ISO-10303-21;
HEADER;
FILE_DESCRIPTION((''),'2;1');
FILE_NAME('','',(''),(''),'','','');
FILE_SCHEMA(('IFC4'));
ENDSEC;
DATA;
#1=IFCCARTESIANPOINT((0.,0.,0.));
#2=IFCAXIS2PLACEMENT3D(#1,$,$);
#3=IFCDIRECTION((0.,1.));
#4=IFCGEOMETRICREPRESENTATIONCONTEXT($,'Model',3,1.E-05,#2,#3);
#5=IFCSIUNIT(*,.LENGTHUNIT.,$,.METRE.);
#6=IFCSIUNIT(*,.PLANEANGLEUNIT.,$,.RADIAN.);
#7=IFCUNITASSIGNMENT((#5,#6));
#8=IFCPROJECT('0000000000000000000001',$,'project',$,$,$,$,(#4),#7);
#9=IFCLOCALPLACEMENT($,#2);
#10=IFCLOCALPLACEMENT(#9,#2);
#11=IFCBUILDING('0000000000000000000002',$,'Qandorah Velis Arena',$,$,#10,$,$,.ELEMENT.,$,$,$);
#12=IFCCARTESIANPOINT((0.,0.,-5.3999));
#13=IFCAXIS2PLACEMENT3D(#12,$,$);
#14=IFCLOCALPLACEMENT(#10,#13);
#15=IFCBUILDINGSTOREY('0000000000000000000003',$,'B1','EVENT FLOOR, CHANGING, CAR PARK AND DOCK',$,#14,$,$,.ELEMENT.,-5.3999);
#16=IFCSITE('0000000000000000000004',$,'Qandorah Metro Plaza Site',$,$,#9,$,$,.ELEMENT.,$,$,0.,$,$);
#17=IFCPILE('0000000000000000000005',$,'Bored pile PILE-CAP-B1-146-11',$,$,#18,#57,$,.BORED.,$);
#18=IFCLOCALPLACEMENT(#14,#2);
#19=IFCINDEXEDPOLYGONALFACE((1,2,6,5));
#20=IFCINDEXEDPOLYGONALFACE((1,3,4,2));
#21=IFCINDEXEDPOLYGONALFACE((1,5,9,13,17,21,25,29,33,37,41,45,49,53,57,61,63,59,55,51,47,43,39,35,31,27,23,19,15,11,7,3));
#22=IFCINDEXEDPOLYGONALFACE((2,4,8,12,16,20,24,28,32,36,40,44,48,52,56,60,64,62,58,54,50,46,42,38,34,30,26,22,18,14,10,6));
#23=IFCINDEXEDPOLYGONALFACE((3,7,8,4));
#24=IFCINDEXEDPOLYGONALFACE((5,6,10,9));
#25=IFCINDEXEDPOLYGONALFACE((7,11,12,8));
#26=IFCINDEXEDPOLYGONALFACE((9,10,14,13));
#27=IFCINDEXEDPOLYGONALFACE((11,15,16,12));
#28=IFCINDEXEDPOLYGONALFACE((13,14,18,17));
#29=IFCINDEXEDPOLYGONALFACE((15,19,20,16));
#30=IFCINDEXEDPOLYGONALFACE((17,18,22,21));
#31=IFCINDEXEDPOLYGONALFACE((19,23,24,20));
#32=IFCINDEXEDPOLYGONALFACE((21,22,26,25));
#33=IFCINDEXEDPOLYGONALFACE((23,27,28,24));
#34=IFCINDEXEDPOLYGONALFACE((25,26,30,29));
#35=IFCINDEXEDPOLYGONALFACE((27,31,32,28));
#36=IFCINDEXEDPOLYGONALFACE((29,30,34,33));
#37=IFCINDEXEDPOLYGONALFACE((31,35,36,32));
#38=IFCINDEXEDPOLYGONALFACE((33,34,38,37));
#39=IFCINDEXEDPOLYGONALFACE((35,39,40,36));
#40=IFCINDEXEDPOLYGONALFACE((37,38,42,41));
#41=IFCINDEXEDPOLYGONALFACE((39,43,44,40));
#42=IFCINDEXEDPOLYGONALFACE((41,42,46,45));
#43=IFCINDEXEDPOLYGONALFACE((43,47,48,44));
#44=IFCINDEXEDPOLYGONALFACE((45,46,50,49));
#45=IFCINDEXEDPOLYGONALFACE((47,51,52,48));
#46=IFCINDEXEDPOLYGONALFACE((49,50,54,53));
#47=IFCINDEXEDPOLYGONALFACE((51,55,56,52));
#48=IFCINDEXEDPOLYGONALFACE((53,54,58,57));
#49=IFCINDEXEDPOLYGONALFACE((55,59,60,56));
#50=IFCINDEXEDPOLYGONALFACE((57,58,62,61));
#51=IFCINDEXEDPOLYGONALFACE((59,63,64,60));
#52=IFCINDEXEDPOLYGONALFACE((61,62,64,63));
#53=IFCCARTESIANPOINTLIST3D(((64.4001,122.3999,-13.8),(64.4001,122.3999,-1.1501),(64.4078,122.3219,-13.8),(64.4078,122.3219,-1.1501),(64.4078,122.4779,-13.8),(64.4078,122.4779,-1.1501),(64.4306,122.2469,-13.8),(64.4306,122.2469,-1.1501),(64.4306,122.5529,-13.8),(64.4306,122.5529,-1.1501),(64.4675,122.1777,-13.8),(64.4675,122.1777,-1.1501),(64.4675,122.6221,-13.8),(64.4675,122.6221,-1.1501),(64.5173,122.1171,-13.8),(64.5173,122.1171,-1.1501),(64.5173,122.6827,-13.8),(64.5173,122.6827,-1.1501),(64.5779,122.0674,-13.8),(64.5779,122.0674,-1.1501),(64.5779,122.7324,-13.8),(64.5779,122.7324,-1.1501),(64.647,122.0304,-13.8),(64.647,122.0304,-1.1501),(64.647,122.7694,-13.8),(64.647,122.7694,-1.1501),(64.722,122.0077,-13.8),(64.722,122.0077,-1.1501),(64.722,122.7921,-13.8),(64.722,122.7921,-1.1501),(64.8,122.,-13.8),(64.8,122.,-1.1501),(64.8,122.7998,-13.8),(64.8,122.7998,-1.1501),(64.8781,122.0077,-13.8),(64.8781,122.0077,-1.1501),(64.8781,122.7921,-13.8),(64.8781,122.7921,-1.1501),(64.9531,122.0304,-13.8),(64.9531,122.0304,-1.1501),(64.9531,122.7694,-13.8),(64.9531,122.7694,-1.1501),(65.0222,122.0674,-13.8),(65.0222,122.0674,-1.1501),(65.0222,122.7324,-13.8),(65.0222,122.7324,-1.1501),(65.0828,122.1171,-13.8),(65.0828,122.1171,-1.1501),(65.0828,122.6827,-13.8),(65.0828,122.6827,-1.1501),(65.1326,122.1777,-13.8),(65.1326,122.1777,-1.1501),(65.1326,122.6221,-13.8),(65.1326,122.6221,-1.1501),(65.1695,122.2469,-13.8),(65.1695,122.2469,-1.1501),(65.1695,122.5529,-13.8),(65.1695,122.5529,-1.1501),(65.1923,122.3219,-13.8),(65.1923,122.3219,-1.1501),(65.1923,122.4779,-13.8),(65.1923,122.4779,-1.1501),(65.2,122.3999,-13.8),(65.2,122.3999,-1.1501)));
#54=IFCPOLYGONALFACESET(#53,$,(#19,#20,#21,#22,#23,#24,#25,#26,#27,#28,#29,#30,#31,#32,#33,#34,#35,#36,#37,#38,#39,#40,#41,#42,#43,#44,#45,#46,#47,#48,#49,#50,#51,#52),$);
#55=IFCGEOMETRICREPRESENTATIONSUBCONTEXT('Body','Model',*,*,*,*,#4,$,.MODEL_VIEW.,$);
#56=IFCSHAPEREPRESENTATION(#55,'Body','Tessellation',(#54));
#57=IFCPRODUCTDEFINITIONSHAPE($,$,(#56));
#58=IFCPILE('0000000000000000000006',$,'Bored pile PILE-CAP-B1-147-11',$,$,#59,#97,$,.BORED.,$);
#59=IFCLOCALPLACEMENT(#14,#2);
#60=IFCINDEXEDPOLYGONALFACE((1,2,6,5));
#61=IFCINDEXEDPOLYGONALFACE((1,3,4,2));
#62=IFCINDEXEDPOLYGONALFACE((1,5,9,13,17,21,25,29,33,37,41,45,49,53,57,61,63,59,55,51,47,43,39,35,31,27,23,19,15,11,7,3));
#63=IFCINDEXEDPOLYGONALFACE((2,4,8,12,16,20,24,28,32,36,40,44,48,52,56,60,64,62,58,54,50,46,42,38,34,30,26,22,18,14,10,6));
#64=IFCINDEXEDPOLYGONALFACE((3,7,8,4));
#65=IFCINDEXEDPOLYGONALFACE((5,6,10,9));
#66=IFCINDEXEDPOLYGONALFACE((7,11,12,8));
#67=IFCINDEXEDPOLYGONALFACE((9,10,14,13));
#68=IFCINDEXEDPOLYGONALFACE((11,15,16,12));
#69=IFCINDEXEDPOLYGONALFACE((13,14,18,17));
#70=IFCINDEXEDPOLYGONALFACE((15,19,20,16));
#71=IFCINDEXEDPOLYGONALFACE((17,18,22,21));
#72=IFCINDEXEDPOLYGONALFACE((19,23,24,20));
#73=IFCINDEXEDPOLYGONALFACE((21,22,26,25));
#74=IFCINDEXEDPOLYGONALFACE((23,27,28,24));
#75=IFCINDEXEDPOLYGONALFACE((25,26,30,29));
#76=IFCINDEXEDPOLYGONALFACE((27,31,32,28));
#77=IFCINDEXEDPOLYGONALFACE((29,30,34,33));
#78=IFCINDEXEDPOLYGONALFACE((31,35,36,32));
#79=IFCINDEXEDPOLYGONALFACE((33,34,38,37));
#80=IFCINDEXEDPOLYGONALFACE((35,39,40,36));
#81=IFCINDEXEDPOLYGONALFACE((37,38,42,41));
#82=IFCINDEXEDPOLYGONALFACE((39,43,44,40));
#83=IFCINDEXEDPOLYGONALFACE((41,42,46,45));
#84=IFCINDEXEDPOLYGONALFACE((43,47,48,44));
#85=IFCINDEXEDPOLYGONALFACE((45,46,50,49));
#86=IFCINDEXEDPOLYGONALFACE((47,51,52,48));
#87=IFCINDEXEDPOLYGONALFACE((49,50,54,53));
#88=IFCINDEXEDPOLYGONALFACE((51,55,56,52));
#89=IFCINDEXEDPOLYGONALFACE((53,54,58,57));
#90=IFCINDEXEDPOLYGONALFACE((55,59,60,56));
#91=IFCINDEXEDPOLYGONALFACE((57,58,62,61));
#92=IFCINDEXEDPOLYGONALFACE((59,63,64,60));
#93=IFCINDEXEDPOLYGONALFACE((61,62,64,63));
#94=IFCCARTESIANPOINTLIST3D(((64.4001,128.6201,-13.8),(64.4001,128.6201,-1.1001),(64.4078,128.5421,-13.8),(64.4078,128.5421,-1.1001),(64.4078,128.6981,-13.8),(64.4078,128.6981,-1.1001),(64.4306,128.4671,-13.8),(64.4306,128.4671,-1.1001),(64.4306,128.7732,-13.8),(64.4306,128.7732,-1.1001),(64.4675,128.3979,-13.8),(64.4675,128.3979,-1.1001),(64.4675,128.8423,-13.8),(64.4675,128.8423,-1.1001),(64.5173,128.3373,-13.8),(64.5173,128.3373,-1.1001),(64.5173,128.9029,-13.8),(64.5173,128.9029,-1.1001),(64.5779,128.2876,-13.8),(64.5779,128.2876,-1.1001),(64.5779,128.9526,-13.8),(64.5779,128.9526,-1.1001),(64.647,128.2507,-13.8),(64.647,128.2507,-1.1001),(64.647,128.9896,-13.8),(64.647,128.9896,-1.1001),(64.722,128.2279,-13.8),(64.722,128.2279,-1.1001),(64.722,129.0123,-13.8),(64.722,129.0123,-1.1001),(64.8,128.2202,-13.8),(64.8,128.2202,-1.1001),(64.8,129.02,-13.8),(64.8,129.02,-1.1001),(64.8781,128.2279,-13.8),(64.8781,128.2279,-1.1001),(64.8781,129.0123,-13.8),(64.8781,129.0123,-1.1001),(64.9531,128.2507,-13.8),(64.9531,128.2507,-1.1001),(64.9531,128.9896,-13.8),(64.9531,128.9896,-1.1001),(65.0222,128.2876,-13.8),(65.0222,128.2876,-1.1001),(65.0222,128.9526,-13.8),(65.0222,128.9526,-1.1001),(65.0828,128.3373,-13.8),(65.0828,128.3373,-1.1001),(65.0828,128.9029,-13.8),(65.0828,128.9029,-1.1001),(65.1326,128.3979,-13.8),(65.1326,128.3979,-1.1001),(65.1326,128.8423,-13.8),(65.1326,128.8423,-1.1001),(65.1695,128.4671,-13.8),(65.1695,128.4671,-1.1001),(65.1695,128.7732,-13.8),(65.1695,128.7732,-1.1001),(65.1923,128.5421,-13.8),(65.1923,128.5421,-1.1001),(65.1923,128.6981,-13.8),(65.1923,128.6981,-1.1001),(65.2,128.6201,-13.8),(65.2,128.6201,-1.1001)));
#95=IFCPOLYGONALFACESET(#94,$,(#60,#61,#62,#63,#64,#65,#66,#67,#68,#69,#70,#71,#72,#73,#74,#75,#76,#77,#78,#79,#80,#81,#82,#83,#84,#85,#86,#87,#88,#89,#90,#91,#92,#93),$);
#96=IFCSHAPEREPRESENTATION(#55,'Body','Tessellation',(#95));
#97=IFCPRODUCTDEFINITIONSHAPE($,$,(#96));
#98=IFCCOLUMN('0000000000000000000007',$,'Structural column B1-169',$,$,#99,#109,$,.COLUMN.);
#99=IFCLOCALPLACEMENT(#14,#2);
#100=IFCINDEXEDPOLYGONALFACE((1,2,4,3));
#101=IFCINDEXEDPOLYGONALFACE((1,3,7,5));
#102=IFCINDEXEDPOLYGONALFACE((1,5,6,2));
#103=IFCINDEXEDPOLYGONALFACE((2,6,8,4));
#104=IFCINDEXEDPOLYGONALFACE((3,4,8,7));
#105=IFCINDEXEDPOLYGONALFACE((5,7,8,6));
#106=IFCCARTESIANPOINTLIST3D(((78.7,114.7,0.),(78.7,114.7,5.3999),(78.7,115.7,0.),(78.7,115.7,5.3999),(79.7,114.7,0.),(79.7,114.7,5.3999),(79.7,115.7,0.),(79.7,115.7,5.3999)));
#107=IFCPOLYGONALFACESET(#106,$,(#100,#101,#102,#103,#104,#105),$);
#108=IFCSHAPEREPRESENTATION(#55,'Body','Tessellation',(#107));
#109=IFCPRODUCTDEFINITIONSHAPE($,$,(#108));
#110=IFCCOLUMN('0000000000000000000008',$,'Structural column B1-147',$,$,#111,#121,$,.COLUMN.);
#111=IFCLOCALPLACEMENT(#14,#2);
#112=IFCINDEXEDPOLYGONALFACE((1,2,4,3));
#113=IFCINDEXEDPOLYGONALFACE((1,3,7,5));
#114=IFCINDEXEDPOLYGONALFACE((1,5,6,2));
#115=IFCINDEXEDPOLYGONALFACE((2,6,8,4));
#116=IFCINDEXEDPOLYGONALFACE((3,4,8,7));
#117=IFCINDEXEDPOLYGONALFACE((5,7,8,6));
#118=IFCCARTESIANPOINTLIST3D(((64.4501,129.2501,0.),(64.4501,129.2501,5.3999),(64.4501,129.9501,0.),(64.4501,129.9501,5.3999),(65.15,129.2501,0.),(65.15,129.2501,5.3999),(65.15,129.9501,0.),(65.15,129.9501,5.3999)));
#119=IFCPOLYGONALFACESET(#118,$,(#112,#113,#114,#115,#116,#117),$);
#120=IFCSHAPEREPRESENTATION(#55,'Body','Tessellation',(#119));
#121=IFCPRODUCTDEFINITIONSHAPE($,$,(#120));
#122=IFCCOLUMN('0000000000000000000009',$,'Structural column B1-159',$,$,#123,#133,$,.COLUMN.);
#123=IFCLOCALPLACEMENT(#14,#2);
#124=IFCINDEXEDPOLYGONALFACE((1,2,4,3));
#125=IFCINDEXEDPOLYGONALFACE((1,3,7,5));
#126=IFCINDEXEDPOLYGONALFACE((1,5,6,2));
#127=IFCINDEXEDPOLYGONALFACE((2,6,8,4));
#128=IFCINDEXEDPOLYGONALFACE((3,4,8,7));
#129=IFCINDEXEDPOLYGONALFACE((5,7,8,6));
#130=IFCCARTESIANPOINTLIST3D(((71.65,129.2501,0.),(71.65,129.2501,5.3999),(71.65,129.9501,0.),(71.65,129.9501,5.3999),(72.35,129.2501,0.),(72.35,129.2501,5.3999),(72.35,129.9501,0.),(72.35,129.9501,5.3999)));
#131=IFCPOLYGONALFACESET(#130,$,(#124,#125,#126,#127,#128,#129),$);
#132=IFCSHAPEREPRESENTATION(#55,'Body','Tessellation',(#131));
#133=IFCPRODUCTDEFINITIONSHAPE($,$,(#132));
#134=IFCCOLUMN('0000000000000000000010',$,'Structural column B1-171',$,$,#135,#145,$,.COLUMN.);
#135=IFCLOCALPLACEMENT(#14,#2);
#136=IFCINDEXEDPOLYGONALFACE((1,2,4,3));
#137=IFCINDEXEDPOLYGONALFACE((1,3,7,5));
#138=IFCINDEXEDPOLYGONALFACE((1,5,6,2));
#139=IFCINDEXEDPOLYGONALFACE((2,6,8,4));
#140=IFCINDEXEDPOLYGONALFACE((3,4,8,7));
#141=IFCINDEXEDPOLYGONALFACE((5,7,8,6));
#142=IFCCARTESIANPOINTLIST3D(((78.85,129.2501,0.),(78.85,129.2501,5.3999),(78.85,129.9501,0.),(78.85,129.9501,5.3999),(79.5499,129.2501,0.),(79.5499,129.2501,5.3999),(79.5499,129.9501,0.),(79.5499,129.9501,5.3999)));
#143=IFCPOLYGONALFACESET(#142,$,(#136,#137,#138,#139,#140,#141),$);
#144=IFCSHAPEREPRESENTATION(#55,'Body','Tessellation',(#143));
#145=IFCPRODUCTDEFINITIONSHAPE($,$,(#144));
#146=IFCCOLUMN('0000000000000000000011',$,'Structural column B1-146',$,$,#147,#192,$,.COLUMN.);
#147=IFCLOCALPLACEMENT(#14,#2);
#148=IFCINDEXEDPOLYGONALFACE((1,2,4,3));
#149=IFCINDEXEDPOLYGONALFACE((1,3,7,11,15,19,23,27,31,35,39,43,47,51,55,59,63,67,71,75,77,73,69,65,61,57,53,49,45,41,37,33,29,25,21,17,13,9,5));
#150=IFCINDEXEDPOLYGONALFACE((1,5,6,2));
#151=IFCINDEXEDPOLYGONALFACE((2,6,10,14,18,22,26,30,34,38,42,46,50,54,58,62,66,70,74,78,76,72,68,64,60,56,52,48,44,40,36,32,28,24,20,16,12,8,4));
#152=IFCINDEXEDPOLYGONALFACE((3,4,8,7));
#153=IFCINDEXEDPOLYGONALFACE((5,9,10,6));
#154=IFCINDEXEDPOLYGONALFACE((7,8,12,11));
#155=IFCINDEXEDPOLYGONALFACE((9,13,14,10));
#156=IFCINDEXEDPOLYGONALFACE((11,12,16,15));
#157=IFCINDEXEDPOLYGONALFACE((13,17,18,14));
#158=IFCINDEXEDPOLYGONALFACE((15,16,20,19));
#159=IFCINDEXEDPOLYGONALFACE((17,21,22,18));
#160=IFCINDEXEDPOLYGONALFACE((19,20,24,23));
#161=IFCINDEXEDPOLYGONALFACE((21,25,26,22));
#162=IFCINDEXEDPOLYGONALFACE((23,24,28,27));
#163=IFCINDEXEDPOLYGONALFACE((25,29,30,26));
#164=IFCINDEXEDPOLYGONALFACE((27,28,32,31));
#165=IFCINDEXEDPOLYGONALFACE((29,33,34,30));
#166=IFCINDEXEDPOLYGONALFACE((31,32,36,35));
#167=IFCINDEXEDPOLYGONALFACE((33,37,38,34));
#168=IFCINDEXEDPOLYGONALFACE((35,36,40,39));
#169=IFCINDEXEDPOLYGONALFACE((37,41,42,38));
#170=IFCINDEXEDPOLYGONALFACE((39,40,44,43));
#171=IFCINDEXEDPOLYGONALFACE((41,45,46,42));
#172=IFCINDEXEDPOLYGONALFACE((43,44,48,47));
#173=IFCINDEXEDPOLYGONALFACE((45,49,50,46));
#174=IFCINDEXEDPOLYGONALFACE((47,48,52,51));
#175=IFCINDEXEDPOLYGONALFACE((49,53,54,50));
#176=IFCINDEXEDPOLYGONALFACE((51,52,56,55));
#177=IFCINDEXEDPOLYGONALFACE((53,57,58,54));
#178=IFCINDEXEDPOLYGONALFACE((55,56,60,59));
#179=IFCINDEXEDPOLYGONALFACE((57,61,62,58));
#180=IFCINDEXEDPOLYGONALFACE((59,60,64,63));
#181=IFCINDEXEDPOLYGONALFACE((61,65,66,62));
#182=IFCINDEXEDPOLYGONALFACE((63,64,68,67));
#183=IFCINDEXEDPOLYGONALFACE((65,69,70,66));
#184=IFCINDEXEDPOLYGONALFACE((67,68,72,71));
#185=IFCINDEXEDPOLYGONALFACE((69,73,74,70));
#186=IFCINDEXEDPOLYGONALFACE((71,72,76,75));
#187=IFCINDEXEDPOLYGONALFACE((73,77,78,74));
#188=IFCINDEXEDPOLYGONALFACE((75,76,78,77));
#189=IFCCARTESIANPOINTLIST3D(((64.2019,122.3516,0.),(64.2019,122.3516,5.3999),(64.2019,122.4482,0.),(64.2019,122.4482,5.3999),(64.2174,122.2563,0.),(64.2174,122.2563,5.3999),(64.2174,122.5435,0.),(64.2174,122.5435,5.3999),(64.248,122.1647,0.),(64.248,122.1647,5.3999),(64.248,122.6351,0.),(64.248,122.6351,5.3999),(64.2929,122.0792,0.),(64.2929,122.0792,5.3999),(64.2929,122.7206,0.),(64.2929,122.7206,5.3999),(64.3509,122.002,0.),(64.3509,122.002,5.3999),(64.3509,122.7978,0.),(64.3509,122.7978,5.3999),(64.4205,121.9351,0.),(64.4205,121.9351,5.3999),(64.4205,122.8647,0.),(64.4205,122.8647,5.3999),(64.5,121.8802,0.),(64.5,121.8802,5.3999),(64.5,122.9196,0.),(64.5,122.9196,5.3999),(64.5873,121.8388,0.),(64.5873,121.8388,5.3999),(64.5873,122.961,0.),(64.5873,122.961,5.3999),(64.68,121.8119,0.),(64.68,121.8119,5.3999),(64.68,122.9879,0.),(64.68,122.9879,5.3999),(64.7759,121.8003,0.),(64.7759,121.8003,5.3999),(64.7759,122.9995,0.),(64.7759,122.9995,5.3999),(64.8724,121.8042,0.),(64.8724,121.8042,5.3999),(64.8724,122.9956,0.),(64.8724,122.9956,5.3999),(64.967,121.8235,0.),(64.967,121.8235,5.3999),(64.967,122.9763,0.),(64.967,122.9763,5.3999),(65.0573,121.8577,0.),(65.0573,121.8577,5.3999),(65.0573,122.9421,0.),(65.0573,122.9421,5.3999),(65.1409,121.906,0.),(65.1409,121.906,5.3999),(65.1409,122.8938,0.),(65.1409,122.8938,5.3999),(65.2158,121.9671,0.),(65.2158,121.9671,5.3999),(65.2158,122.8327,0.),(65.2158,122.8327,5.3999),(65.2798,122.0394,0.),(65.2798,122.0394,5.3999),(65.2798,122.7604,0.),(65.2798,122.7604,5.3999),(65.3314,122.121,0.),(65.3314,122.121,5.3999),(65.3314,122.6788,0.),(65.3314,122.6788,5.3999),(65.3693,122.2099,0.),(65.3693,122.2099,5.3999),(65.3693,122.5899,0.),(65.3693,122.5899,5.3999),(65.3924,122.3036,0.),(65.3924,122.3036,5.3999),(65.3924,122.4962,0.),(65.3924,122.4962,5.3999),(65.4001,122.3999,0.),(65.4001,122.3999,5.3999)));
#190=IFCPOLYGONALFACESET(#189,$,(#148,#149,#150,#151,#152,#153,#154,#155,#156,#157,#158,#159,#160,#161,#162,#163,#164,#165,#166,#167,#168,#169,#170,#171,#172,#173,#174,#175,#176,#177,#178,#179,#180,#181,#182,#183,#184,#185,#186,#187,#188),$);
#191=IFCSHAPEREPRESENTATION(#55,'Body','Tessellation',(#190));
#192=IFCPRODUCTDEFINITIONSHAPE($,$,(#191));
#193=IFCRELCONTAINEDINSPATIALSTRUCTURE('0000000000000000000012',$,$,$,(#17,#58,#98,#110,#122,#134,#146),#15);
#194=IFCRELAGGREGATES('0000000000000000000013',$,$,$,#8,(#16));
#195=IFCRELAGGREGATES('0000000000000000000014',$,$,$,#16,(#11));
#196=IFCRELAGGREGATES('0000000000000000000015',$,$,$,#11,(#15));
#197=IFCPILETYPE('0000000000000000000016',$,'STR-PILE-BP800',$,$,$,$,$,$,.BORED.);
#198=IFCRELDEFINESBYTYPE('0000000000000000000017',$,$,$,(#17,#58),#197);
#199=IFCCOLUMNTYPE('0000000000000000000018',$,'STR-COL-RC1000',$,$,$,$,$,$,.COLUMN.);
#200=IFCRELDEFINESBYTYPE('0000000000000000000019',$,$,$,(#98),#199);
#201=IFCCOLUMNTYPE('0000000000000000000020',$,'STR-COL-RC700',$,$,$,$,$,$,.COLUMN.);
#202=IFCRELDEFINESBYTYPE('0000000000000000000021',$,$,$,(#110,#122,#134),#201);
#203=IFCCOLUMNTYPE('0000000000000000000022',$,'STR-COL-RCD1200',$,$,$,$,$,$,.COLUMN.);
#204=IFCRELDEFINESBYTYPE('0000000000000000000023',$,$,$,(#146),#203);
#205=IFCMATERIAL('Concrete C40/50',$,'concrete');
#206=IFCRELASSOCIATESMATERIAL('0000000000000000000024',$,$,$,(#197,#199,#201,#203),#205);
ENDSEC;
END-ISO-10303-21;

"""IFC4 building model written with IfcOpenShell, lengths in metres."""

from ifc_helpers import new_model, si_unit, direction, frame, origin, origin_2d, place, context, subcontext, project, spatial, rectangle, circle, extrude, material, material_profile, profile_set, type_object, element, save


model = new_model("IFC4")

# Units and contexts
model_context = context("Model", 3, precision=1e-05, world=origin(), true_north=direction((0.0, 1.0)))
body_context = subcontext(model_context, "Body", "Model", "MODEL_VIEW")
ifc_project = project(units=[si_unit("LENGTHUNIT", "METRE"), si_unit("PLANEANGLEUNIT", "RADIAN")], contexts=[model_context])

# Site, building, storey
site_placement = place(None, origin())
site = spatial("IfcSite", under=ifc_project, at=site_placement, Name="Qandorah Metro Plaza Site", CompositionType="ELEMENT", RefElevation=0.0)
building_placement = place(site_placement, origin())
building = spatial("IfcBuilding", under=site, at=building_placement, Name="Qandorah Velis Arena", CompositionType="ELEMENT")
storey_placement = place(building_placement, frame((0.0, 0.0, -5.3999)))
storey = spatial("IfcBuildingStorey", under=building, at=storey_placement, Name="B1", Description="EVENT FLOOR, CHANGING, CAR PARK AND DOCK", CompositionType="ELEMENT", Elevation=-5.3999)

# Shared definitions
ifc_material_1 = material(Name="Concrete C40/50", Category="concrete")

# Piles
ifc_material_profile_1 = material_profile(ifc_material_1, circle(Radius=0.3999, at=origin_2d()), Name="BORED PILE D800")
ifc_profile_set_1 = profile_set([ifc_material_profile_1], Name="Concrete C40/50")
pile_type_1 = type_object("IfcPileType", Name="STR-PILE-BP800", PredefinedType="BORED", material=ifc_profile_set_1)
pile_1_placement = place(storey_placement, frame((64.8, 122.3999, -1.1501), z_axis=(0.0, 0.0, -1.0), x_axis=(1.0, 0.0, 0.0)))
element("IfcPile", 1, at=pile_1_placement, inside=storey, type_object=pile_type_1, Name="Bored pile PILE-CAP-B1-146-11", PredefinedType="BORED", context=body_context, shape_type="SweptSolid", body=[
    extrude(circle(Radius=0.3999, at=origin_2d()), origin(), (0.0, 0.0, 1.0), 12.6499),
])
pile_2_placement = place(storey_placement, frame((64.8, 128.6201, -1.1001), z_axis=(0.0, 0.0, -1.0), x_axis=(1.0, 0.0, 0.0)))
element("IfcPile", 2, at=pile_2_placement, inside=storey, type_object=pile_type_1, Name="Bored pile PILE-CAP-B1-147-11", PredefinedType="BORED", context=body_context, shape_type="SweptSolid", body=[
    extrude(circle(Radius=0.3999, at=origin_2d()), origin(), (0.0, 0.0, 1.0), 12.7),
])

# Columns
ifc_material_profile_2 = material_profile(ifc_material_1, rectangle(XDim=1.0, YDim=1.0, at=origin_2d()), Name="RC COL 1000x1000")
ifc_profile_set_2 = profile_set([ifc_material_profile_2], Name="Concrete C40/50")
column_type_1 = type_object("IfcColumnType", Name="STR-COL-RC1000", PredefinedType="COLUMN", material=ifc_profile_set_2)
column_placement = place(storey_placement, frame((79.2, 115.2, 0.0), z_axis=(0.0, 0.0, 1.0), x_axis=(1.0, 0.0, 0.0)))
element("IfcColumn", 3, at=column_placement, inside=storey, type_object=column_type_1, Name="Structural column B1-169", PredefinedType="COLUMN", context=body_context, shape_type="SweptSolid", body=[
    extrude(rectangle(XDim=1.0, YDim=1.0, at=origin_2d()), origin(), (0.0, 0.0, 1.0), 5.3999),
])
ifc_material_profile_3 = material_profile(ifc_material_1, rectangle(XDim=0.7, YDim=0.7, at=origin_2d()), Name="RC COL 700x700")
ifc_profile_set_3 = profile_set([ifc_material_profile_3], Name="Concrete C40/50")
column_type_2 = type_object("IfcColumnType", Name="STR-COL-RC700", PredefinedType="COLUMN", material=ifc_profile_set_3)
for number, where, z_axis, x_axis, name in (
    (4, (64.8, 129.6001, 0.0), (0.0, 0.0, 1.0), (1.0, 0.0, 0.0), "Structural column B1-147"),
    (5, (72.0, 129.6001, 0.0), (0.0, 0.0, 1.0), (1.0, 0.0, 0.0), "Structural column B1-159"),
    (6, (79.2, 129.6001, 0.0), (0.0, 0.0, 1.0), (1.0, 0.0, 0.0), "Structural column B1-171"),
):
    element("IfcColumn", number, at=place(storey_placement, frame(where, z_axis=z_axis, x_axis=x_axis)), inside=storey, type_object=column_type_2, Name=name, PredefinedType="COLUMN", context=body_context, shape_type="SweptSolid", body=[
        extrude(rectangle(XDim=0.7, YDim=0.7, at=origin_2d()), origin(), (0.0, 0.0, 1.0), 5.3999),
    ])
ifc_material_profile_4 = material_profile(ifc_material_1, circle(Radius=0.6001, at=origin_2d()), Name="RC D1200")
ifc_profile_set_4 = profile_set([ifc_material_profile_4], Name="Concrete C40/50")
column_type_3 = type_object("IfcColumnType", Name="STR-COL-RCD1200", PredefinedType="COLUMN", material=ifc_profile_set_4)
for number, where, z_axis, x_axis, name in (
    (7, (64.8, 122.3999, 0.0), (0.0, 0.0, 1.0), (1.0, 0.0, 0.0), "Structural column B1-146"),
):
    element("IfcColumn", number, at=place(storey_placement, frame(where, z_axis=z_axis, x_axis=x_axis)), inside=storey, type_object=column_type_3, Name=name, PredefinedType="COLUMN", context=body_context, shape_type="SweptSolid", body=[
        extrude(circle(Radius=0.6001, at=origin_2d()), origin(), (0.0, 0.0, 1.0), 5.3999),
    ])

save(model, "model.ifc")
